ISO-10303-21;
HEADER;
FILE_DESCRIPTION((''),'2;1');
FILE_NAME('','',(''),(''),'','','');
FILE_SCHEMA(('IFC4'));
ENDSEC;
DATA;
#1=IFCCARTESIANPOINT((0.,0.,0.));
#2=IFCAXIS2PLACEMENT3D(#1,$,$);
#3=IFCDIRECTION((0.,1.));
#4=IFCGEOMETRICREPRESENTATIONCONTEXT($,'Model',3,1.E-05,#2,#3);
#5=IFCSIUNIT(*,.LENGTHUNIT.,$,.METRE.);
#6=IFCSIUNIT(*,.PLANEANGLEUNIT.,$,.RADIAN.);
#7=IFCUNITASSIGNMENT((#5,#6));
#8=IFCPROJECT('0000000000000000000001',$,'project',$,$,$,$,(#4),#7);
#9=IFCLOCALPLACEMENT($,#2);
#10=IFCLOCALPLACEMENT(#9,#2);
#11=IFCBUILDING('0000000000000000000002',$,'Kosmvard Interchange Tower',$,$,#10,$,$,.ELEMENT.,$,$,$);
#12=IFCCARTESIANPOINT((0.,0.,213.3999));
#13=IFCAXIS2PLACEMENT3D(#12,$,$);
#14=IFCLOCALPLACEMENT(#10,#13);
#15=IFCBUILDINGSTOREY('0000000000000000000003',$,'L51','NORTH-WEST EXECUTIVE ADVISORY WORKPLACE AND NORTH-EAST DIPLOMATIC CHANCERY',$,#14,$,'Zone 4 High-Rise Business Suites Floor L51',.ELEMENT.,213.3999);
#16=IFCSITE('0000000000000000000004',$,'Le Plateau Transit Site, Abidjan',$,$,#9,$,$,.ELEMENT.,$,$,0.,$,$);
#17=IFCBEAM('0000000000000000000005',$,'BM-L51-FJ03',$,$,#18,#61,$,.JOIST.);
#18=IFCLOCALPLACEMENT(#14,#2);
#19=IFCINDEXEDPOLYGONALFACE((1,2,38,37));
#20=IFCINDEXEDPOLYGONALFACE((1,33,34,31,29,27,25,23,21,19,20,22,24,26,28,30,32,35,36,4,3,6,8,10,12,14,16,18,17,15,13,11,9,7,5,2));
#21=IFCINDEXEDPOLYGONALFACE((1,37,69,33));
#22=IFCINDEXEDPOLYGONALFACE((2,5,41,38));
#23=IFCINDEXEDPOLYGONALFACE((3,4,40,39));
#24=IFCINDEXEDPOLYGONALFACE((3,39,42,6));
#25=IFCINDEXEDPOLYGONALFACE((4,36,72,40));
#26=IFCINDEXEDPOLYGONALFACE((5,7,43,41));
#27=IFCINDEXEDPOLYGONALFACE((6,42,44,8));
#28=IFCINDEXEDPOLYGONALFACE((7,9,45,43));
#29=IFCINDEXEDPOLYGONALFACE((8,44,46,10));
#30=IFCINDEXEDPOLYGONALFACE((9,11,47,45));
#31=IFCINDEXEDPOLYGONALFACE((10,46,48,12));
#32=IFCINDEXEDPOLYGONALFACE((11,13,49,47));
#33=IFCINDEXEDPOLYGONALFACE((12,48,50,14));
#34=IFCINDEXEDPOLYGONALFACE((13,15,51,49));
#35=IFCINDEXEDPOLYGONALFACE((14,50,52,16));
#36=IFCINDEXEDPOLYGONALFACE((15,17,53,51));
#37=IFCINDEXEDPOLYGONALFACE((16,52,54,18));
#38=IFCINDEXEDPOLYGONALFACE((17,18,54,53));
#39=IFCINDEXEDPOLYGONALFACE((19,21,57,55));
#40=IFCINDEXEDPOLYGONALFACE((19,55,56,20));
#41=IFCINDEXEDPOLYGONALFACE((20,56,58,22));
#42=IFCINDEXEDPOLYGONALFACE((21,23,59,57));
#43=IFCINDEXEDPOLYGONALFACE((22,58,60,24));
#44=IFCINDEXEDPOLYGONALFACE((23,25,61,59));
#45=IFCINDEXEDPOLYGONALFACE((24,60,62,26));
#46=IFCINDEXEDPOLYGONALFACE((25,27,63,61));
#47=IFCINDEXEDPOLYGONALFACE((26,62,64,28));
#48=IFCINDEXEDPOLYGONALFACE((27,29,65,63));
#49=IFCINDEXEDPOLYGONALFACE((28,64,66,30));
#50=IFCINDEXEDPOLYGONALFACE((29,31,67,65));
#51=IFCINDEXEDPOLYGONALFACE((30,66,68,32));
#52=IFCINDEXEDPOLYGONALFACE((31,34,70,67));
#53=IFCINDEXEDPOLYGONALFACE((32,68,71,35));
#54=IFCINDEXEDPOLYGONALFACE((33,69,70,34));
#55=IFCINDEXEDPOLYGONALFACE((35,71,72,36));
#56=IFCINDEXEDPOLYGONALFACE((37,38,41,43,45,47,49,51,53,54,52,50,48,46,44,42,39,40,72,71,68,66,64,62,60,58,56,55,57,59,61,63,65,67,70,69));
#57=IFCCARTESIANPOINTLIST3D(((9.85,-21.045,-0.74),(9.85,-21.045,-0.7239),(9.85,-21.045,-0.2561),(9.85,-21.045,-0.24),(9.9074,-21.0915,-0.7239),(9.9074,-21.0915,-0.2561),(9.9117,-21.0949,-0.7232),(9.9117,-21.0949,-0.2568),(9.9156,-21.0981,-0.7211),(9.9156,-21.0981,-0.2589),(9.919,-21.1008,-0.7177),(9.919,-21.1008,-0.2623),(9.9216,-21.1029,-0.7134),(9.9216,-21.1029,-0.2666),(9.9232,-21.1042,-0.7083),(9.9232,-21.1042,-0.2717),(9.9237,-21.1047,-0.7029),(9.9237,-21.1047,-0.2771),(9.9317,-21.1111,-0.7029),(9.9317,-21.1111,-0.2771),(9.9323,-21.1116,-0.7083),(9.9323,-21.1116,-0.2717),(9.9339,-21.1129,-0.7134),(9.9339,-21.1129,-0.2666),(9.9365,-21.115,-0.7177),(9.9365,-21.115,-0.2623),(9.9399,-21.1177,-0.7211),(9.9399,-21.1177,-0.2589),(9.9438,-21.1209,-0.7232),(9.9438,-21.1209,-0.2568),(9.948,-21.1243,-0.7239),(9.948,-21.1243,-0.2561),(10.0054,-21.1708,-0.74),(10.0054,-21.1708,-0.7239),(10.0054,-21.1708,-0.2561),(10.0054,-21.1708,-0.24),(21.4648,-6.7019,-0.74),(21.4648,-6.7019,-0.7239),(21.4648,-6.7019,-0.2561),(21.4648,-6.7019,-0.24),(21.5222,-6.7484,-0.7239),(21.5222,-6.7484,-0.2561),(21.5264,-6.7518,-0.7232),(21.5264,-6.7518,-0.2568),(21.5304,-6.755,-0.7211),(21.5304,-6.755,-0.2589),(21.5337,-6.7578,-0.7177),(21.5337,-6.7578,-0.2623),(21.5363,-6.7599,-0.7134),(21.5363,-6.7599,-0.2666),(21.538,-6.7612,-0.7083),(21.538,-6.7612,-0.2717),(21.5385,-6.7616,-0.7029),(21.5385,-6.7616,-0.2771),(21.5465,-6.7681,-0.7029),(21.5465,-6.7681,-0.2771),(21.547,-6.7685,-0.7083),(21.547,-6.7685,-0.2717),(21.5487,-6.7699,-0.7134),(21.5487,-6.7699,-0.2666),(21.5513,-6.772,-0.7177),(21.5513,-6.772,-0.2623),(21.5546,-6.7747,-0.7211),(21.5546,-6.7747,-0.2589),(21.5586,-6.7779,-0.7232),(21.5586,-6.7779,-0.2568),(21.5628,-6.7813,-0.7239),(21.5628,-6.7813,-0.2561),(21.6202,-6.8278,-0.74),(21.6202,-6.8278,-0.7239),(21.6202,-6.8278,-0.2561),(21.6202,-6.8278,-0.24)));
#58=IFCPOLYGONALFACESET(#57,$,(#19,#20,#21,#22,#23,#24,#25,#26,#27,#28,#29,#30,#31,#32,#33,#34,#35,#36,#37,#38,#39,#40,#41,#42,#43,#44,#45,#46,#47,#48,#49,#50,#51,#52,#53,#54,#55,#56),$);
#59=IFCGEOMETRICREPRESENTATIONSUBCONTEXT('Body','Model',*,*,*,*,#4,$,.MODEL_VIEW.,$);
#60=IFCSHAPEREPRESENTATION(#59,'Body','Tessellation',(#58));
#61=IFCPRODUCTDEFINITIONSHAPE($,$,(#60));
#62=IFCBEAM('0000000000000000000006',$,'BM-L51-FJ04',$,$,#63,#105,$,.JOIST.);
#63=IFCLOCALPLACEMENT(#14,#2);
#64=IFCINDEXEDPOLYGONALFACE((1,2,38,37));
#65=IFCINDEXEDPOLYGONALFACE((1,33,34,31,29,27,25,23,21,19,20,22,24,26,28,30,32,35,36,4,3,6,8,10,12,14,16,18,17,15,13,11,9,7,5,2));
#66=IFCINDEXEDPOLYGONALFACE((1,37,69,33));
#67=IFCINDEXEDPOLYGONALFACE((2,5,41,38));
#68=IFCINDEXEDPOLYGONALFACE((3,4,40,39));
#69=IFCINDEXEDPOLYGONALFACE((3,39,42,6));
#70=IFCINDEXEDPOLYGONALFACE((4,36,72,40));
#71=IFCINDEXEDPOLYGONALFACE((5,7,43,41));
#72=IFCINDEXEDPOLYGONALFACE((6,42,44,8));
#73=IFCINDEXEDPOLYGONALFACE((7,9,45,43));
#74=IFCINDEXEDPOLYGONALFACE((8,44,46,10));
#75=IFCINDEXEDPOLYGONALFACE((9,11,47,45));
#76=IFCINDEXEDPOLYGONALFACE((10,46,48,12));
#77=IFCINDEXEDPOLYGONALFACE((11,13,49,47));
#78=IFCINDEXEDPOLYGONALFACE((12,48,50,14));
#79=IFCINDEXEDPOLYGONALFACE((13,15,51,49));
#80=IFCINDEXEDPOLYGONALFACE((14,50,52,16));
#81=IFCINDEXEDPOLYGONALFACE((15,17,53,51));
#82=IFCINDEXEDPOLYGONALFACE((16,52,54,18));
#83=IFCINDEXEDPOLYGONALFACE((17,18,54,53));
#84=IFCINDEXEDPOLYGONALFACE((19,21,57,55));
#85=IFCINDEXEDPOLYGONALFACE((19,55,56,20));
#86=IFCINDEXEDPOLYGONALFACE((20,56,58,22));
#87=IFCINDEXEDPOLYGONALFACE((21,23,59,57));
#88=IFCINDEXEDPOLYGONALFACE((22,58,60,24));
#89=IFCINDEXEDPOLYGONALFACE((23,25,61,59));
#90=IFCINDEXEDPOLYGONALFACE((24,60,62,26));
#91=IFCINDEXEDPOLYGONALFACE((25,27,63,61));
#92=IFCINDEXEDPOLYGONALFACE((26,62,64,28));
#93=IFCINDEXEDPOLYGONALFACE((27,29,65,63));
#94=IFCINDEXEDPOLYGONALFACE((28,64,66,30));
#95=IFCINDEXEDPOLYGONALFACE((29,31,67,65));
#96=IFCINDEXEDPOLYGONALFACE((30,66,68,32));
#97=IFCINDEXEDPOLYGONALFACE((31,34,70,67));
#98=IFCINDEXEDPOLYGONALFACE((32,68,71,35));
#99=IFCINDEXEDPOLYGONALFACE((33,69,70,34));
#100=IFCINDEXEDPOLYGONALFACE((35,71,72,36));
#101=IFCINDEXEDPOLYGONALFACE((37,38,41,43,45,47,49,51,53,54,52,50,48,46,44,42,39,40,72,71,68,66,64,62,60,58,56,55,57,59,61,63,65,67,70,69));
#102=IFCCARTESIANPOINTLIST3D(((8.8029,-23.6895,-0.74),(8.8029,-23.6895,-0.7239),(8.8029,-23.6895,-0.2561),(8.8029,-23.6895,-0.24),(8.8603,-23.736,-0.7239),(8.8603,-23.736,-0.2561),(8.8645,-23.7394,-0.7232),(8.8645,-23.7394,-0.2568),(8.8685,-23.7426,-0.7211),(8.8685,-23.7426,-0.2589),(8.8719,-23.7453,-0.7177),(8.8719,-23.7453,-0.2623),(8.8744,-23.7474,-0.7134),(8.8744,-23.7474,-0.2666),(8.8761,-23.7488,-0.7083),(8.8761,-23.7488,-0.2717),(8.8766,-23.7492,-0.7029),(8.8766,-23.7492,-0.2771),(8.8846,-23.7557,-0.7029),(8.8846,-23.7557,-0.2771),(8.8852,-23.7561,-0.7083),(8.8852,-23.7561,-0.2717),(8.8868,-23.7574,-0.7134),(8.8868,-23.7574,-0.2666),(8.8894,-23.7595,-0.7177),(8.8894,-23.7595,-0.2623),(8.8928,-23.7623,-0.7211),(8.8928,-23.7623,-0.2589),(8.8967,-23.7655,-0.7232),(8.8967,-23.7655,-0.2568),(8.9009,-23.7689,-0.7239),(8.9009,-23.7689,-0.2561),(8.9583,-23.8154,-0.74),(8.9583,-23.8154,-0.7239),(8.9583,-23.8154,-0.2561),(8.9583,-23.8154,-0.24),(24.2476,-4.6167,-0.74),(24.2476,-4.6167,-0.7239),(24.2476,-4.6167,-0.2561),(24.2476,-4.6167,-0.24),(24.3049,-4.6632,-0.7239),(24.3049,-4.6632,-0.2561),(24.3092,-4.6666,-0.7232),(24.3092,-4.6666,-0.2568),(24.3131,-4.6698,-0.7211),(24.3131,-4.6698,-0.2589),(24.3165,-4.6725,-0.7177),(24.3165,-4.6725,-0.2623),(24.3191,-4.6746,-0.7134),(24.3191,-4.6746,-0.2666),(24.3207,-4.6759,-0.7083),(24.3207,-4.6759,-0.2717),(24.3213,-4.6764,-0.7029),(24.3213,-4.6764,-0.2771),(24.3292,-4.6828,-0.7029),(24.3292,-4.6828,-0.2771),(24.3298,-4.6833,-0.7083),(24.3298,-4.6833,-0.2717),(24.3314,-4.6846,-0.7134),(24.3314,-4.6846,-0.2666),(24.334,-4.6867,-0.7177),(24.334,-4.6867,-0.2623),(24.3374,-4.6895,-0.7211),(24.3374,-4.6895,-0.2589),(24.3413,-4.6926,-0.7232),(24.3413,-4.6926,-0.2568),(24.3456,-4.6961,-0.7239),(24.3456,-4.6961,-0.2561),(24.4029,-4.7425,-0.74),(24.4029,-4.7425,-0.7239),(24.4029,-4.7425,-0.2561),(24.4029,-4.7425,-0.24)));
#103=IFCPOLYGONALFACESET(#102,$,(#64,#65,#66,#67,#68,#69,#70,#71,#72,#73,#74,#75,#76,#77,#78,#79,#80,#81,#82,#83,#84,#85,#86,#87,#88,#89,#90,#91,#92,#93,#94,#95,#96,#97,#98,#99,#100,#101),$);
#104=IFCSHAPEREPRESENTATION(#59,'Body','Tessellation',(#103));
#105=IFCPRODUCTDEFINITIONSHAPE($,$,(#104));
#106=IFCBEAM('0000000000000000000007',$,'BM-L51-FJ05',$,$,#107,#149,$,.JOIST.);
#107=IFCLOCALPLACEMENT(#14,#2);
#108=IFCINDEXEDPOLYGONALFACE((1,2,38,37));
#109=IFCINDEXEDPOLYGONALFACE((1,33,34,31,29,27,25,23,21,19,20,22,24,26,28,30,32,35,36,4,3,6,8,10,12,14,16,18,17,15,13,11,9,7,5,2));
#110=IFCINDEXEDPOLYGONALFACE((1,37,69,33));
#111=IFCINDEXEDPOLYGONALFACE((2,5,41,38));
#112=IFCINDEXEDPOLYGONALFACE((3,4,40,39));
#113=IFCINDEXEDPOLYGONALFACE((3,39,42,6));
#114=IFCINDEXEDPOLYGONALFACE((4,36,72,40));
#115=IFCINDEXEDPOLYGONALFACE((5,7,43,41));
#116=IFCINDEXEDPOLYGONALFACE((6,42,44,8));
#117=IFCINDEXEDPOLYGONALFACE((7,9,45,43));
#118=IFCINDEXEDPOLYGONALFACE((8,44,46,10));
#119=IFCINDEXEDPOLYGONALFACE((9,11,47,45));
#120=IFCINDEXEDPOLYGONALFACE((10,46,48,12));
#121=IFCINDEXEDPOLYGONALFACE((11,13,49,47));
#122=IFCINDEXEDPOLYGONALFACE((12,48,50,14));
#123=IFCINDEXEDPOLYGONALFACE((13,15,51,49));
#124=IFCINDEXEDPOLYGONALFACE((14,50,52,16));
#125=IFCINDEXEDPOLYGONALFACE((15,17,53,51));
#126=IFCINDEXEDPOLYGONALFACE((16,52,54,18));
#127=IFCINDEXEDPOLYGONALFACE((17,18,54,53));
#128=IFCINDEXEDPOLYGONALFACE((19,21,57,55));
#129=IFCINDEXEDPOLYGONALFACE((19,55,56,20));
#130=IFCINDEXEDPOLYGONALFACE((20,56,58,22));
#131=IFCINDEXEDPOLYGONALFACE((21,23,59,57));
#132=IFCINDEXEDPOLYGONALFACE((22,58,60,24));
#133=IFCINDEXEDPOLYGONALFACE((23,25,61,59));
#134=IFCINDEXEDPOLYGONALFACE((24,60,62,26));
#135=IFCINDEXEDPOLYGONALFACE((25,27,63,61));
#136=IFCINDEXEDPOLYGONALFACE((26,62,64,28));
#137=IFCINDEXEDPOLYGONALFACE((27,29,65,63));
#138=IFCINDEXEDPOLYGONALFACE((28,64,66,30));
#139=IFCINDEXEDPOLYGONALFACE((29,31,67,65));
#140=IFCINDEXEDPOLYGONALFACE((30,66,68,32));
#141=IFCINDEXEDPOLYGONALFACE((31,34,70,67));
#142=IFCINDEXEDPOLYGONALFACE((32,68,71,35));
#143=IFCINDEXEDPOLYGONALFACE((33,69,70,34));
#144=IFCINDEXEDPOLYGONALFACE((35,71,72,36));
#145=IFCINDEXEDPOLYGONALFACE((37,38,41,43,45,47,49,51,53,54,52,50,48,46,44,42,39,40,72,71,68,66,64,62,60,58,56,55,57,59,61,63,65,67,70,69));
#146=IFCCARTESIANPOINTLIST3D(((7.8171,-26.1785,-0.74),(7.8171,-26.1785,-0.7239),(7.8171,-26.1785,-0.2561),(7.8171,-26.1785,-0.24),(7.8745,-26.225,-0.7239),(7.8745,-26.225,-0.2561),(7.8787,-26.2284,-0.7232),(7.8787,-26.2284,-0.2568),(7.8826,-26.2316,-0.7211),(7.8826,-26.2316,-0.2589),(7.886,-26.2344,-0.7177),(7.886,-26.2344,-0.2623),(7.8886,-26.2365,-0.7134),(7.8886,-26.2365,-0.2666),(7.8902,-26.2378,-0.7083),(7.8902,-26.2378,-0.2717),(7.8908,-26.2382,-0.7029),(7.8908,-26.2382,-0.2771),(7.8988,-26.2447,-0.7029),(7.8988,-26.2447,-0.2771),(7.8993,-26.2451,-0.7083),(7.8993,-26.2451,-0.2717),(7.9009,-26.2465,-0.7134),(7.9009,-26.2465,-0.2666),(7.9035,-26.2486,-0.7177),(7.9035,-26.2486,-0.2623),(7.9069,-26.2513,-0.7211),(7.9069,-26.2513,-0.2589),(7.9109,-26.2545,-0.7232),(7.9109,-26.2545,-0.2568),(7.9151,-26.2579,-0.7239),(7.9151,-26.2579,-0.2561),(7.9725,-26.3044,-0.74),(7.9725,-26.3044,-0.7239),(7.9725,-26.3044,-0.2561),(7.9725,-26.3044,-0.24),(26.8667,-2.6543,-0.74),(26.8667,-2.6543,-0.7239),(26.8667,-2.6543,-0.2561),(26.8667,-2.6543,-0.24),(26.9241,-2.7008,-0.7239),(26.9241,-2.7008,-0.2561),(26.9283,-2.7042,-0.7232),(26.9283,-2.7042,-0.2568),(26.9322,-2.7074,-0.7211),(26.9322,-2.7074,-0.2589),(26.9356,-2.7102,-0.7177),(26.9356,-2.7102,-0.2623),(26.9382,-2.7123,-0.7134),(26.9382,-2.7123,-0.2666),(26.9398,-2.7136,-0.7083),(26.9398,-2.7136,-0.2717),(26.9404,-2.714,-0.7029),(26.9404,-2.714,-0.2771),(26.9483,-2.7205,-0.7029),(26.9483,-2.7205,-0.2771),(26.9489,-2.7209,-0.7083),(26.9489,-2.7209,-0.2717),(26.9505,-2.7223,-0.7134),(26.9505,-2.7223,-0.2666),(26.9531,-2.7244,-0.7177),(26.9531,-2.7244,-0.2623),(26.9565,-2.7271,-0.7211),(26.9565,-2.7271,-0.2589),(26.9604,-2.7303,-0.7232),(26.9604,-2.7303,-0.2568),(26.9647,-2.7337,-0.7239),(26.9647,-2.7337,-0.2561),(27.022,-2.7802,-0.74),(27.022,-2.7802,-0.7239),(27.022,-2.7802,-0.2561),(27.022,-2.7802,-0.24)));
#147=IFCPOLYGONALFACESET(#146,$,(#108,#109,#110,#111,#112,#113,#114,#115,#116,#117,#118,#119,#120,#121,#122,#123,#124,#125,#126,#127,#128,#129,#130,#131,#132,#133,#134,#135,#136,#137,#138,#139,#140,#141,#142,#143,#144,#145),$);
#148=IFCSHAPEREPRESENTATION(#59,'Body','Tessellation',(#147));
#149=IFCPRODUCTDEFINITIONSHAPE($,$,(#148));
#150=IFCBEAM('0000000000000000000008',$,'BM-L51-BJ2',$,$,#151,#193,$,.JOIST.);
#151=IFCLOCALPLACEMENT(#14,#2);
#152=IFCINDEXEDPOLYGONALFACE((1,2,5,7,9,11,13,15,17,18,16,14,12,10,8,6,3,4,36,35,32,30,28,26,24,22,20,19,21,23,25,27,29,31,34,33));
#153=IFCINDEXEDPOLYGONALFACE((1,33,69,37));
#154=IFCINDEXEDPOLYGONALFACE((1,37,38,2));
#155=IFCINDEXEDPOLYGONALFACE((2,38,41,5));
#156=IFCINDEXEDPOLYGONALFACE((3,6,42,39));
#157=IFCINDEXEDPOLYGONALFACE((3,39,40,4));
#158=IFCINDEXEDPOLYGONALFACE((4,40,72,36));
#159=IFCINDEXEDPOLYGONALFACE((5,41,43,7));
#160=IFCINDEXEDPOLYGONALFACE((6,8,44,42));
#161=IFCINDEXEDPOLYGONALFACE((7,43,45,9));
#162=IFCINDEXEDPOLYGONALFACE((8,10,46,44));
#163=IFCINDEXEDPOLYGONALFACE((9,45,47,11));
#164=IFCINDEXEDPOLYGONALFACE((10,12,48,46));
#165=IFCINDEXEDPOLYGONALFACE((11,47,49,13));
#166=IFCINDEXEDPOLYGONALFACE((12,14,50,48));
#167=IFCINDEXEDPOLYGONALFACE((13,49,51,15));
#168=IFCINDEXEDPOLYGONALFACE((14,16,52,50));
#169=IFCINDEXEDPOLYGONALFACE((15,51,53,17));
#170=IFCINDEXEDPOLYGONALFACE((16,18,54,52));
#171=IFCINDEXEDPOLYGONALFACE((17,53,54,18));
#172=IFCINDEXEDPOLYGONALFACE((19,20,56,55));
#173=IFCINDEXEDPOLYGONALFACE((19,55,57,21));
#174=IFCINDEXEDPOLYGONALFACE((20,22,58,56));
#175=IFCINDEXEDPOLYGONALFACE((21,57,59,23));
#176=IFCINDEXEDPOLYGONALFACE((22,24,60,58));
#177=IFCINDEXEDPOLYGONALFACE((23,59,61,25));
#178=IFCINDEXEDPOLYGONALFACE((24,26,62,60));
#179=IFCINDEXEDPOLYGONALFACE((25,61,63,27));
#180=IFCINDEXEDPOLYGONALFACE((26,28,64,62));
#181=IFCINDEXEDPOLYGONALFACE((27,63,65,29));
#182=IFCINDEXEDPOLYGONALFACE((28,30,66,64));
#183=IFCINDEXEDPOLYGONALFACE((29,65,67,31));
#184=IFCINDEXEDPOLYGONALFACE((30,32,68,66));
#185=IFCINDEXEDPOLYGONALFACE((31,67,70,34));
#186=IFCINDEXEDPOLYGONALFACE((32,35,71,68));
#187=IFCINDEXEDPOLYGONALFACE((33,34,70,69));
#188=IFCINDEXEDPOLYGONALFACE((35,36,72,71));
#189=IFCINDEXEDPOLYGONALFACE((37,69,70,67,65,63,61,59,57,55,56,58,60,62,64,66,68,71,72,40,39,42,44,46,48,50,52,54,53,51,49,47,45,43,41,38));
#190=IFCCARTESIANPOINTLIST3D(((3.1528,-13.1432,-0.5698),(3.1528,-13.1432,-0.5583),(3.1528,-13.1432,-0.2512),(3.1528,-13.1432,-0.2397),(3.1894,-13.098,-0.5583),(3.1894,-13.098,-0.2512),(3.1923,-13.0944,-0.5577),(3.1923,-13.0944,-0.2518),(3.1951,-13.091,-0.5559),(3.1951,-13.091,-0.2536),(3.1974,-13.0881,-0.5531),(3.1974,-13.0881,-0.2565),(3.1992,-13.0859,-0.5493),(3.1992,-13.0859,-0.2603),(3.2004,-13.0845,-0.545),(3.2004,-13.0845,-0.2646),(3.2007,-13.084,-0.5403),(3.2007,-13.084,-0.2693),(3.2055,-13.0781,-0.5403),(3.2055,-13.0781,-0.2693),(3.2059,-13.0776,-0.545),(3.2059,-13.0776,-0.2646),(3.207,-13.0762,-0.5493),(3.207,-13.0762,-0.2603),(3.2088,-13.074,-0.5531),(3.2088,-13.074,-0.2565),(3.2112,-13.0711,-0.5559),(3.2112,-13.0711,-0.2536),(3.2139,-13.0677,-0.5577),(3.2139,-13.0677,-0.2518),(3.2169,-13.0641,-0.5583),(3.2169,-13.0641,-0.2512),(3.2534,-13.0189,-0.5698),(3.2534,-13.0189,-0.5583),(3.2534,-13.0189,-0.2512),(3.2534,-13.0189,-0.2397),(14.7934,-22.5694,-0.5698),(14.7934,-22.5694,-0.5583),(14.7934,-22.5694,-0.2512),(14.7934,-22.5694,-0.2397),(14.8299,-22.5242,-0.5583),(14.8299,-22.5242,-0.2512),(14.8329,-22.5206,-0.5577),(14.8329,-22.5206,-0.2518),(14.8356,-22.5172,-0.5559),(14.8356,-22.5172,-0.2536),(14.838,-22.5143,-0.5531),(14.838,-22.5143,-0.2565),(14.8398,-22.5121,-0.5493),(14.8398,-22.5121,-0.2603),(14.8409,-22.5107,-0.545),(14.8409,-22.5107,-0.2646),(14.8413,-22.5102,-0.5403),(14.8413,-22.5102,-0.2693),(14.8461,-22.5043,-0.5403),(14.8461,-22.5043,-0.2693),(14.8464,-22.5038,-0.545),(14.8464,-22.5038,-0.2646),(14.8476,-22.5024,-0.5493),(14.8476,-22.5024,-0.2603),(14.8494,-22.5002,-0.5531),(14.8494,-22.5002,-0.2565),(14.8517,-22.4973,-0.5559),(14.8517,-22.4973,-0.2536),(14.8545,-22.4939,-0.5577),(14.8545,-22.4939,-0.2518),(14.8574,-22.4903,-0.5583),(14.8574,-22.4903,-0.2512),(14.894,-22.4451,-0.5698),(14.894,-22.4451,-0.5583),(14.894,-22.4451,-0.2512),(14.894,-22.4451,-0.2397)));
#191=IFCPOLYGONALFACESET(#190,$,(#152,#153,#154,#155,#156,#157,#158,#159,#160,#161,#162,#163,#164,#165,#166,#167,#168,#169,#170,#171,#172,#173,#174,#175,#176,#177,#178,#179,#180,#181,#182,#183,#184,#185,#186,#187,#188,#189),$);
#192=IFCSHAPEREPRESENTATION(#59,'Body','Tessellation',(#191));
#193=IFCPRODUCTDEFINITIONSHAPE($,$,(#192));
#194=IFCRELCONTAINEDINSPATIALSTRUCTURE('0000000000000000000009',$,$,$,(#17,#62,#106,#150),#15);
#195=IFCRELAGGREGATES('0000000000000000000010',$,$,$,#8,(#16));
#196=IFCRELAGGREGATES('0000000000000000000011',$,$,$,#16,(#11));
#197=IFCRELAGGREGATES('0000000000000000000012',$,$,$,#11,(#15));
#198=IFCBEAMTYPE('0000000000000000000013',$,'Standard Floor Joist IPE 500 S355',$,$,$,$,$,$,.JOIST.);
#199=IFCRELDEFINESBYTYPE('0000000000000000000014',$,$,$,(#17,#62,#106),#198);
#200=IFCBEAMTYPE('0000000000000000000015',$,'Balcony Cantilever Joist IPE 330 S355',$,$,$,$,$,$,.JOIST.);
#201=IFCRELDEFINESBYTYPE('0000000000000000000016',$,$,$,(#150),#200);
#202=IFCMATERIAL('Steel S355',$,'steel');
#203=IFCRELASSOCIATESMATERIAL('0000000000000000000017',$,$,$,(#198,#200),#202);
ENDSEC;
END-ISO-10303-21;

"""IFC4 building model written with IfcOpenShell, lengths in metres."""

from ifc_helpers import new_model, si_unit, direction, frame, origin, origin_2d, place, context, subcontext, project, spatial, i_section, extrude, source, transform, mapped, material, material_profile, profile_set, type_object, element, save


model = new_model("IFC4")

# Units and contexts
model_context = context("Model", 3, precision=1e-05, world=origin(), true_north=direction((0.0, 1.0)))
body_context = subcontext(model_context, "Body", "Model", "MODEL_VIEW")
ifc_project = project(units=[si_unit("LENGTHUNIT", "METRE"), si_unit("PLANEANGLEUNIT", "RADIAN")], contexts=[model_context])

# Site, building, storey
site_placement = place(None, origin())
site = spatial("IfcSite", under=ifc_project, at=site_placement, Name="Le Plateau Transit Site, Abidjan", CompositionType="ELEMENT", RefElevation=0.0)
building_placement = place(site_placement, origin())
building = spatial("IfcBuilding", under=site, at=building_placement, Name="Kosmvard Interchange Tower", CompositionType="ELEMENT")
storey_placement = place(building_placement, frame((0.0, 0.0, 213.3999)))
storey = spatial("IfcBuildingStorey", under=building, at=storey_placement, Name="L51", Description="NORTH-WEST EXECUTIVE ADVISORY WORKPLACE AND NORTH-EAST DIPLOMATIC CHANCERY", LongName="Zone 4 High-Rise Business Suites Floor L51", CompositionType="ELEMENT", Elevation=213.3999)

# Beams
ifc_material_1 = material(Name="Steel S355", Category="steel")
ifc_material_profile_1 = material_profile(ifc_material_1, i_section(OverallWidth=0.2, OverallDepth=0.5, WebThickness=0.0103, FlangeThickness=0.0161, FilletRadius=0.021, at=origin_2d()), Name="IPE 500")
ifc_profile_set_1 = profile_set([ifc_material_profile_1], Name="Steel S355")
beam_type_1 = type_object("IfcBeamType", Name="Standard Floor Joist IPE 500 S355", PredefinedType="JOIST", material=ifc_profile_set_1)
shared_shape_1 = source(origin(), body_context, "Body", "SweptSolid", [
    extrude(i_section(OverallWidth=0.2, OverallDepth=0.5, WebThickness=0.0103, FlangeThickness=0.0161, FilletRadius=0.021, at=origin_2d()), origin(), (0.0, 0.0, 1.0), 18.4561),
])
beam_1_placement = place(storey_placement, frame((9.9277, -21.1079, -0.49), z_axis=(0.62932, 0.777146, 0.0), x_axis=(-0.777146, 0.62932, 0.0)))
element("IfcBeam", 1, at=beam_1_placement, inside=storey, type_object=beam_type_1, Name="BM-L51-FJ03", PredefinedType="JOIST", context=body_context, shape_type="MappedRepresentation", body=[
    mapped(shared_shape_1, transform((0.0, 0.0, 0.0), scale=1.0)),
])
shared_shape_2 = source(origin(), body_context, "Body", "SweptSolid", [
    extrude(i_section(OverallWidth=0.2, OverallDepth=0.5, WebThickness=0.0103, FlangeThickness=0.0161, FilletRadius=0.021, at=origin_2d()), origin(), (0.0, 0.0, 1.0), 24.542),
])
beam_2_placement = place(storey_placement, frame((8.8806, -23.7524, -0.49), z_axis=(0.629315, 0.777151, 0.0), x_axis=(-0.777151, 0.629315, 0.0)))
element("IfcBeam", 2, at=beam_2_placement, inside=storey, type_object=beam_type_1, Name="BM-L51-FJ04", PredefinedType="JOIST", context=body_context, shape_type="MappedRepresentation", body=[
    mapped(shared_shape_2, transform((0.0, 0.0, 0.0), scale=1.0)),
])
shared_shape_3 = source(origin(), body_context, "Body", "SweptSolid", [
    extrude(i_section(OverallWidth=0.2, OverallDepth=0.5, WebThickness=0.0103, FlangeThickness=0.0161, FilletRadius=0.021, at=origin_2d()), origin(), (0.0, 0.0, 1.0), 30.27),
])
beam_3_placement = place(storey_placement, frame((7.8948, -26.2415, -0.49), z_axis=(0.629322, 0.777145, 0.0), x_axis=(-0.777145, 0.629322, 0.0)))
element("IfcBeam", 3, at=beam_3_placement, inside=storey, type_object=beam_type_1, Name="BM-L51-FJ05", PredefinedType="JOIST", context=body_context, shape_type="MappedRepresentation", body=[
    mapped(shared_shape_3, transform((0.0, 0.0, 0.0), scale=1.0)),
])
ifc_material_profile_2 = material_profile(ifc_material_1, i_section(OverallWidth=0.1599, OverallDepth=0.3301, WebThickness=0.0076, FlangeThickness=0.0115, FilletRadius=0.0181, at=origin_2d()), Name="IPE 330")
ifc_profile_set_2 = profile_set([ifc_material_profile_2], Name="Steel S355")
beam_type_2 = type_object("IfcBeamType", Name="Balcony Cantilever Joist IPE 330 S355", PredefinedType="JOIST", material=ifc_profile_set_2)
shared_shape_4 = source(origin(), body_context, "Body", "SweptSolid", [
    extrude(i_section(OverallWidth=0.1599, OverallDepth=0.3301, WebThickness=0.0076, FlangeThickness=0.0115, FilletRadius=0.0181, at=origin_2d()), origin(), (0.0, 0.0, 1.0), 14.9785),
])
beam_4_placement = place(storey_placement, frame((3.2031, -13.0811, -0.4048), z_axis=(0.77715, -0.629315, 0.0), x_axis=(0.629315, 0.77715, 0.0)))
element("IfcBeam", 4, at=beam_4_placement, inside=storey, type_object=beam_type_2, Name="BM-L51-BJ2", PredefinedType="JOIST", context=body_context, shape_type="MappedRepresentation", body=[
    mapped(shared_shape_4, transform((0.0, 0.0, 0.0), scale=1.0)),
])

save(model, "model.ifc")
